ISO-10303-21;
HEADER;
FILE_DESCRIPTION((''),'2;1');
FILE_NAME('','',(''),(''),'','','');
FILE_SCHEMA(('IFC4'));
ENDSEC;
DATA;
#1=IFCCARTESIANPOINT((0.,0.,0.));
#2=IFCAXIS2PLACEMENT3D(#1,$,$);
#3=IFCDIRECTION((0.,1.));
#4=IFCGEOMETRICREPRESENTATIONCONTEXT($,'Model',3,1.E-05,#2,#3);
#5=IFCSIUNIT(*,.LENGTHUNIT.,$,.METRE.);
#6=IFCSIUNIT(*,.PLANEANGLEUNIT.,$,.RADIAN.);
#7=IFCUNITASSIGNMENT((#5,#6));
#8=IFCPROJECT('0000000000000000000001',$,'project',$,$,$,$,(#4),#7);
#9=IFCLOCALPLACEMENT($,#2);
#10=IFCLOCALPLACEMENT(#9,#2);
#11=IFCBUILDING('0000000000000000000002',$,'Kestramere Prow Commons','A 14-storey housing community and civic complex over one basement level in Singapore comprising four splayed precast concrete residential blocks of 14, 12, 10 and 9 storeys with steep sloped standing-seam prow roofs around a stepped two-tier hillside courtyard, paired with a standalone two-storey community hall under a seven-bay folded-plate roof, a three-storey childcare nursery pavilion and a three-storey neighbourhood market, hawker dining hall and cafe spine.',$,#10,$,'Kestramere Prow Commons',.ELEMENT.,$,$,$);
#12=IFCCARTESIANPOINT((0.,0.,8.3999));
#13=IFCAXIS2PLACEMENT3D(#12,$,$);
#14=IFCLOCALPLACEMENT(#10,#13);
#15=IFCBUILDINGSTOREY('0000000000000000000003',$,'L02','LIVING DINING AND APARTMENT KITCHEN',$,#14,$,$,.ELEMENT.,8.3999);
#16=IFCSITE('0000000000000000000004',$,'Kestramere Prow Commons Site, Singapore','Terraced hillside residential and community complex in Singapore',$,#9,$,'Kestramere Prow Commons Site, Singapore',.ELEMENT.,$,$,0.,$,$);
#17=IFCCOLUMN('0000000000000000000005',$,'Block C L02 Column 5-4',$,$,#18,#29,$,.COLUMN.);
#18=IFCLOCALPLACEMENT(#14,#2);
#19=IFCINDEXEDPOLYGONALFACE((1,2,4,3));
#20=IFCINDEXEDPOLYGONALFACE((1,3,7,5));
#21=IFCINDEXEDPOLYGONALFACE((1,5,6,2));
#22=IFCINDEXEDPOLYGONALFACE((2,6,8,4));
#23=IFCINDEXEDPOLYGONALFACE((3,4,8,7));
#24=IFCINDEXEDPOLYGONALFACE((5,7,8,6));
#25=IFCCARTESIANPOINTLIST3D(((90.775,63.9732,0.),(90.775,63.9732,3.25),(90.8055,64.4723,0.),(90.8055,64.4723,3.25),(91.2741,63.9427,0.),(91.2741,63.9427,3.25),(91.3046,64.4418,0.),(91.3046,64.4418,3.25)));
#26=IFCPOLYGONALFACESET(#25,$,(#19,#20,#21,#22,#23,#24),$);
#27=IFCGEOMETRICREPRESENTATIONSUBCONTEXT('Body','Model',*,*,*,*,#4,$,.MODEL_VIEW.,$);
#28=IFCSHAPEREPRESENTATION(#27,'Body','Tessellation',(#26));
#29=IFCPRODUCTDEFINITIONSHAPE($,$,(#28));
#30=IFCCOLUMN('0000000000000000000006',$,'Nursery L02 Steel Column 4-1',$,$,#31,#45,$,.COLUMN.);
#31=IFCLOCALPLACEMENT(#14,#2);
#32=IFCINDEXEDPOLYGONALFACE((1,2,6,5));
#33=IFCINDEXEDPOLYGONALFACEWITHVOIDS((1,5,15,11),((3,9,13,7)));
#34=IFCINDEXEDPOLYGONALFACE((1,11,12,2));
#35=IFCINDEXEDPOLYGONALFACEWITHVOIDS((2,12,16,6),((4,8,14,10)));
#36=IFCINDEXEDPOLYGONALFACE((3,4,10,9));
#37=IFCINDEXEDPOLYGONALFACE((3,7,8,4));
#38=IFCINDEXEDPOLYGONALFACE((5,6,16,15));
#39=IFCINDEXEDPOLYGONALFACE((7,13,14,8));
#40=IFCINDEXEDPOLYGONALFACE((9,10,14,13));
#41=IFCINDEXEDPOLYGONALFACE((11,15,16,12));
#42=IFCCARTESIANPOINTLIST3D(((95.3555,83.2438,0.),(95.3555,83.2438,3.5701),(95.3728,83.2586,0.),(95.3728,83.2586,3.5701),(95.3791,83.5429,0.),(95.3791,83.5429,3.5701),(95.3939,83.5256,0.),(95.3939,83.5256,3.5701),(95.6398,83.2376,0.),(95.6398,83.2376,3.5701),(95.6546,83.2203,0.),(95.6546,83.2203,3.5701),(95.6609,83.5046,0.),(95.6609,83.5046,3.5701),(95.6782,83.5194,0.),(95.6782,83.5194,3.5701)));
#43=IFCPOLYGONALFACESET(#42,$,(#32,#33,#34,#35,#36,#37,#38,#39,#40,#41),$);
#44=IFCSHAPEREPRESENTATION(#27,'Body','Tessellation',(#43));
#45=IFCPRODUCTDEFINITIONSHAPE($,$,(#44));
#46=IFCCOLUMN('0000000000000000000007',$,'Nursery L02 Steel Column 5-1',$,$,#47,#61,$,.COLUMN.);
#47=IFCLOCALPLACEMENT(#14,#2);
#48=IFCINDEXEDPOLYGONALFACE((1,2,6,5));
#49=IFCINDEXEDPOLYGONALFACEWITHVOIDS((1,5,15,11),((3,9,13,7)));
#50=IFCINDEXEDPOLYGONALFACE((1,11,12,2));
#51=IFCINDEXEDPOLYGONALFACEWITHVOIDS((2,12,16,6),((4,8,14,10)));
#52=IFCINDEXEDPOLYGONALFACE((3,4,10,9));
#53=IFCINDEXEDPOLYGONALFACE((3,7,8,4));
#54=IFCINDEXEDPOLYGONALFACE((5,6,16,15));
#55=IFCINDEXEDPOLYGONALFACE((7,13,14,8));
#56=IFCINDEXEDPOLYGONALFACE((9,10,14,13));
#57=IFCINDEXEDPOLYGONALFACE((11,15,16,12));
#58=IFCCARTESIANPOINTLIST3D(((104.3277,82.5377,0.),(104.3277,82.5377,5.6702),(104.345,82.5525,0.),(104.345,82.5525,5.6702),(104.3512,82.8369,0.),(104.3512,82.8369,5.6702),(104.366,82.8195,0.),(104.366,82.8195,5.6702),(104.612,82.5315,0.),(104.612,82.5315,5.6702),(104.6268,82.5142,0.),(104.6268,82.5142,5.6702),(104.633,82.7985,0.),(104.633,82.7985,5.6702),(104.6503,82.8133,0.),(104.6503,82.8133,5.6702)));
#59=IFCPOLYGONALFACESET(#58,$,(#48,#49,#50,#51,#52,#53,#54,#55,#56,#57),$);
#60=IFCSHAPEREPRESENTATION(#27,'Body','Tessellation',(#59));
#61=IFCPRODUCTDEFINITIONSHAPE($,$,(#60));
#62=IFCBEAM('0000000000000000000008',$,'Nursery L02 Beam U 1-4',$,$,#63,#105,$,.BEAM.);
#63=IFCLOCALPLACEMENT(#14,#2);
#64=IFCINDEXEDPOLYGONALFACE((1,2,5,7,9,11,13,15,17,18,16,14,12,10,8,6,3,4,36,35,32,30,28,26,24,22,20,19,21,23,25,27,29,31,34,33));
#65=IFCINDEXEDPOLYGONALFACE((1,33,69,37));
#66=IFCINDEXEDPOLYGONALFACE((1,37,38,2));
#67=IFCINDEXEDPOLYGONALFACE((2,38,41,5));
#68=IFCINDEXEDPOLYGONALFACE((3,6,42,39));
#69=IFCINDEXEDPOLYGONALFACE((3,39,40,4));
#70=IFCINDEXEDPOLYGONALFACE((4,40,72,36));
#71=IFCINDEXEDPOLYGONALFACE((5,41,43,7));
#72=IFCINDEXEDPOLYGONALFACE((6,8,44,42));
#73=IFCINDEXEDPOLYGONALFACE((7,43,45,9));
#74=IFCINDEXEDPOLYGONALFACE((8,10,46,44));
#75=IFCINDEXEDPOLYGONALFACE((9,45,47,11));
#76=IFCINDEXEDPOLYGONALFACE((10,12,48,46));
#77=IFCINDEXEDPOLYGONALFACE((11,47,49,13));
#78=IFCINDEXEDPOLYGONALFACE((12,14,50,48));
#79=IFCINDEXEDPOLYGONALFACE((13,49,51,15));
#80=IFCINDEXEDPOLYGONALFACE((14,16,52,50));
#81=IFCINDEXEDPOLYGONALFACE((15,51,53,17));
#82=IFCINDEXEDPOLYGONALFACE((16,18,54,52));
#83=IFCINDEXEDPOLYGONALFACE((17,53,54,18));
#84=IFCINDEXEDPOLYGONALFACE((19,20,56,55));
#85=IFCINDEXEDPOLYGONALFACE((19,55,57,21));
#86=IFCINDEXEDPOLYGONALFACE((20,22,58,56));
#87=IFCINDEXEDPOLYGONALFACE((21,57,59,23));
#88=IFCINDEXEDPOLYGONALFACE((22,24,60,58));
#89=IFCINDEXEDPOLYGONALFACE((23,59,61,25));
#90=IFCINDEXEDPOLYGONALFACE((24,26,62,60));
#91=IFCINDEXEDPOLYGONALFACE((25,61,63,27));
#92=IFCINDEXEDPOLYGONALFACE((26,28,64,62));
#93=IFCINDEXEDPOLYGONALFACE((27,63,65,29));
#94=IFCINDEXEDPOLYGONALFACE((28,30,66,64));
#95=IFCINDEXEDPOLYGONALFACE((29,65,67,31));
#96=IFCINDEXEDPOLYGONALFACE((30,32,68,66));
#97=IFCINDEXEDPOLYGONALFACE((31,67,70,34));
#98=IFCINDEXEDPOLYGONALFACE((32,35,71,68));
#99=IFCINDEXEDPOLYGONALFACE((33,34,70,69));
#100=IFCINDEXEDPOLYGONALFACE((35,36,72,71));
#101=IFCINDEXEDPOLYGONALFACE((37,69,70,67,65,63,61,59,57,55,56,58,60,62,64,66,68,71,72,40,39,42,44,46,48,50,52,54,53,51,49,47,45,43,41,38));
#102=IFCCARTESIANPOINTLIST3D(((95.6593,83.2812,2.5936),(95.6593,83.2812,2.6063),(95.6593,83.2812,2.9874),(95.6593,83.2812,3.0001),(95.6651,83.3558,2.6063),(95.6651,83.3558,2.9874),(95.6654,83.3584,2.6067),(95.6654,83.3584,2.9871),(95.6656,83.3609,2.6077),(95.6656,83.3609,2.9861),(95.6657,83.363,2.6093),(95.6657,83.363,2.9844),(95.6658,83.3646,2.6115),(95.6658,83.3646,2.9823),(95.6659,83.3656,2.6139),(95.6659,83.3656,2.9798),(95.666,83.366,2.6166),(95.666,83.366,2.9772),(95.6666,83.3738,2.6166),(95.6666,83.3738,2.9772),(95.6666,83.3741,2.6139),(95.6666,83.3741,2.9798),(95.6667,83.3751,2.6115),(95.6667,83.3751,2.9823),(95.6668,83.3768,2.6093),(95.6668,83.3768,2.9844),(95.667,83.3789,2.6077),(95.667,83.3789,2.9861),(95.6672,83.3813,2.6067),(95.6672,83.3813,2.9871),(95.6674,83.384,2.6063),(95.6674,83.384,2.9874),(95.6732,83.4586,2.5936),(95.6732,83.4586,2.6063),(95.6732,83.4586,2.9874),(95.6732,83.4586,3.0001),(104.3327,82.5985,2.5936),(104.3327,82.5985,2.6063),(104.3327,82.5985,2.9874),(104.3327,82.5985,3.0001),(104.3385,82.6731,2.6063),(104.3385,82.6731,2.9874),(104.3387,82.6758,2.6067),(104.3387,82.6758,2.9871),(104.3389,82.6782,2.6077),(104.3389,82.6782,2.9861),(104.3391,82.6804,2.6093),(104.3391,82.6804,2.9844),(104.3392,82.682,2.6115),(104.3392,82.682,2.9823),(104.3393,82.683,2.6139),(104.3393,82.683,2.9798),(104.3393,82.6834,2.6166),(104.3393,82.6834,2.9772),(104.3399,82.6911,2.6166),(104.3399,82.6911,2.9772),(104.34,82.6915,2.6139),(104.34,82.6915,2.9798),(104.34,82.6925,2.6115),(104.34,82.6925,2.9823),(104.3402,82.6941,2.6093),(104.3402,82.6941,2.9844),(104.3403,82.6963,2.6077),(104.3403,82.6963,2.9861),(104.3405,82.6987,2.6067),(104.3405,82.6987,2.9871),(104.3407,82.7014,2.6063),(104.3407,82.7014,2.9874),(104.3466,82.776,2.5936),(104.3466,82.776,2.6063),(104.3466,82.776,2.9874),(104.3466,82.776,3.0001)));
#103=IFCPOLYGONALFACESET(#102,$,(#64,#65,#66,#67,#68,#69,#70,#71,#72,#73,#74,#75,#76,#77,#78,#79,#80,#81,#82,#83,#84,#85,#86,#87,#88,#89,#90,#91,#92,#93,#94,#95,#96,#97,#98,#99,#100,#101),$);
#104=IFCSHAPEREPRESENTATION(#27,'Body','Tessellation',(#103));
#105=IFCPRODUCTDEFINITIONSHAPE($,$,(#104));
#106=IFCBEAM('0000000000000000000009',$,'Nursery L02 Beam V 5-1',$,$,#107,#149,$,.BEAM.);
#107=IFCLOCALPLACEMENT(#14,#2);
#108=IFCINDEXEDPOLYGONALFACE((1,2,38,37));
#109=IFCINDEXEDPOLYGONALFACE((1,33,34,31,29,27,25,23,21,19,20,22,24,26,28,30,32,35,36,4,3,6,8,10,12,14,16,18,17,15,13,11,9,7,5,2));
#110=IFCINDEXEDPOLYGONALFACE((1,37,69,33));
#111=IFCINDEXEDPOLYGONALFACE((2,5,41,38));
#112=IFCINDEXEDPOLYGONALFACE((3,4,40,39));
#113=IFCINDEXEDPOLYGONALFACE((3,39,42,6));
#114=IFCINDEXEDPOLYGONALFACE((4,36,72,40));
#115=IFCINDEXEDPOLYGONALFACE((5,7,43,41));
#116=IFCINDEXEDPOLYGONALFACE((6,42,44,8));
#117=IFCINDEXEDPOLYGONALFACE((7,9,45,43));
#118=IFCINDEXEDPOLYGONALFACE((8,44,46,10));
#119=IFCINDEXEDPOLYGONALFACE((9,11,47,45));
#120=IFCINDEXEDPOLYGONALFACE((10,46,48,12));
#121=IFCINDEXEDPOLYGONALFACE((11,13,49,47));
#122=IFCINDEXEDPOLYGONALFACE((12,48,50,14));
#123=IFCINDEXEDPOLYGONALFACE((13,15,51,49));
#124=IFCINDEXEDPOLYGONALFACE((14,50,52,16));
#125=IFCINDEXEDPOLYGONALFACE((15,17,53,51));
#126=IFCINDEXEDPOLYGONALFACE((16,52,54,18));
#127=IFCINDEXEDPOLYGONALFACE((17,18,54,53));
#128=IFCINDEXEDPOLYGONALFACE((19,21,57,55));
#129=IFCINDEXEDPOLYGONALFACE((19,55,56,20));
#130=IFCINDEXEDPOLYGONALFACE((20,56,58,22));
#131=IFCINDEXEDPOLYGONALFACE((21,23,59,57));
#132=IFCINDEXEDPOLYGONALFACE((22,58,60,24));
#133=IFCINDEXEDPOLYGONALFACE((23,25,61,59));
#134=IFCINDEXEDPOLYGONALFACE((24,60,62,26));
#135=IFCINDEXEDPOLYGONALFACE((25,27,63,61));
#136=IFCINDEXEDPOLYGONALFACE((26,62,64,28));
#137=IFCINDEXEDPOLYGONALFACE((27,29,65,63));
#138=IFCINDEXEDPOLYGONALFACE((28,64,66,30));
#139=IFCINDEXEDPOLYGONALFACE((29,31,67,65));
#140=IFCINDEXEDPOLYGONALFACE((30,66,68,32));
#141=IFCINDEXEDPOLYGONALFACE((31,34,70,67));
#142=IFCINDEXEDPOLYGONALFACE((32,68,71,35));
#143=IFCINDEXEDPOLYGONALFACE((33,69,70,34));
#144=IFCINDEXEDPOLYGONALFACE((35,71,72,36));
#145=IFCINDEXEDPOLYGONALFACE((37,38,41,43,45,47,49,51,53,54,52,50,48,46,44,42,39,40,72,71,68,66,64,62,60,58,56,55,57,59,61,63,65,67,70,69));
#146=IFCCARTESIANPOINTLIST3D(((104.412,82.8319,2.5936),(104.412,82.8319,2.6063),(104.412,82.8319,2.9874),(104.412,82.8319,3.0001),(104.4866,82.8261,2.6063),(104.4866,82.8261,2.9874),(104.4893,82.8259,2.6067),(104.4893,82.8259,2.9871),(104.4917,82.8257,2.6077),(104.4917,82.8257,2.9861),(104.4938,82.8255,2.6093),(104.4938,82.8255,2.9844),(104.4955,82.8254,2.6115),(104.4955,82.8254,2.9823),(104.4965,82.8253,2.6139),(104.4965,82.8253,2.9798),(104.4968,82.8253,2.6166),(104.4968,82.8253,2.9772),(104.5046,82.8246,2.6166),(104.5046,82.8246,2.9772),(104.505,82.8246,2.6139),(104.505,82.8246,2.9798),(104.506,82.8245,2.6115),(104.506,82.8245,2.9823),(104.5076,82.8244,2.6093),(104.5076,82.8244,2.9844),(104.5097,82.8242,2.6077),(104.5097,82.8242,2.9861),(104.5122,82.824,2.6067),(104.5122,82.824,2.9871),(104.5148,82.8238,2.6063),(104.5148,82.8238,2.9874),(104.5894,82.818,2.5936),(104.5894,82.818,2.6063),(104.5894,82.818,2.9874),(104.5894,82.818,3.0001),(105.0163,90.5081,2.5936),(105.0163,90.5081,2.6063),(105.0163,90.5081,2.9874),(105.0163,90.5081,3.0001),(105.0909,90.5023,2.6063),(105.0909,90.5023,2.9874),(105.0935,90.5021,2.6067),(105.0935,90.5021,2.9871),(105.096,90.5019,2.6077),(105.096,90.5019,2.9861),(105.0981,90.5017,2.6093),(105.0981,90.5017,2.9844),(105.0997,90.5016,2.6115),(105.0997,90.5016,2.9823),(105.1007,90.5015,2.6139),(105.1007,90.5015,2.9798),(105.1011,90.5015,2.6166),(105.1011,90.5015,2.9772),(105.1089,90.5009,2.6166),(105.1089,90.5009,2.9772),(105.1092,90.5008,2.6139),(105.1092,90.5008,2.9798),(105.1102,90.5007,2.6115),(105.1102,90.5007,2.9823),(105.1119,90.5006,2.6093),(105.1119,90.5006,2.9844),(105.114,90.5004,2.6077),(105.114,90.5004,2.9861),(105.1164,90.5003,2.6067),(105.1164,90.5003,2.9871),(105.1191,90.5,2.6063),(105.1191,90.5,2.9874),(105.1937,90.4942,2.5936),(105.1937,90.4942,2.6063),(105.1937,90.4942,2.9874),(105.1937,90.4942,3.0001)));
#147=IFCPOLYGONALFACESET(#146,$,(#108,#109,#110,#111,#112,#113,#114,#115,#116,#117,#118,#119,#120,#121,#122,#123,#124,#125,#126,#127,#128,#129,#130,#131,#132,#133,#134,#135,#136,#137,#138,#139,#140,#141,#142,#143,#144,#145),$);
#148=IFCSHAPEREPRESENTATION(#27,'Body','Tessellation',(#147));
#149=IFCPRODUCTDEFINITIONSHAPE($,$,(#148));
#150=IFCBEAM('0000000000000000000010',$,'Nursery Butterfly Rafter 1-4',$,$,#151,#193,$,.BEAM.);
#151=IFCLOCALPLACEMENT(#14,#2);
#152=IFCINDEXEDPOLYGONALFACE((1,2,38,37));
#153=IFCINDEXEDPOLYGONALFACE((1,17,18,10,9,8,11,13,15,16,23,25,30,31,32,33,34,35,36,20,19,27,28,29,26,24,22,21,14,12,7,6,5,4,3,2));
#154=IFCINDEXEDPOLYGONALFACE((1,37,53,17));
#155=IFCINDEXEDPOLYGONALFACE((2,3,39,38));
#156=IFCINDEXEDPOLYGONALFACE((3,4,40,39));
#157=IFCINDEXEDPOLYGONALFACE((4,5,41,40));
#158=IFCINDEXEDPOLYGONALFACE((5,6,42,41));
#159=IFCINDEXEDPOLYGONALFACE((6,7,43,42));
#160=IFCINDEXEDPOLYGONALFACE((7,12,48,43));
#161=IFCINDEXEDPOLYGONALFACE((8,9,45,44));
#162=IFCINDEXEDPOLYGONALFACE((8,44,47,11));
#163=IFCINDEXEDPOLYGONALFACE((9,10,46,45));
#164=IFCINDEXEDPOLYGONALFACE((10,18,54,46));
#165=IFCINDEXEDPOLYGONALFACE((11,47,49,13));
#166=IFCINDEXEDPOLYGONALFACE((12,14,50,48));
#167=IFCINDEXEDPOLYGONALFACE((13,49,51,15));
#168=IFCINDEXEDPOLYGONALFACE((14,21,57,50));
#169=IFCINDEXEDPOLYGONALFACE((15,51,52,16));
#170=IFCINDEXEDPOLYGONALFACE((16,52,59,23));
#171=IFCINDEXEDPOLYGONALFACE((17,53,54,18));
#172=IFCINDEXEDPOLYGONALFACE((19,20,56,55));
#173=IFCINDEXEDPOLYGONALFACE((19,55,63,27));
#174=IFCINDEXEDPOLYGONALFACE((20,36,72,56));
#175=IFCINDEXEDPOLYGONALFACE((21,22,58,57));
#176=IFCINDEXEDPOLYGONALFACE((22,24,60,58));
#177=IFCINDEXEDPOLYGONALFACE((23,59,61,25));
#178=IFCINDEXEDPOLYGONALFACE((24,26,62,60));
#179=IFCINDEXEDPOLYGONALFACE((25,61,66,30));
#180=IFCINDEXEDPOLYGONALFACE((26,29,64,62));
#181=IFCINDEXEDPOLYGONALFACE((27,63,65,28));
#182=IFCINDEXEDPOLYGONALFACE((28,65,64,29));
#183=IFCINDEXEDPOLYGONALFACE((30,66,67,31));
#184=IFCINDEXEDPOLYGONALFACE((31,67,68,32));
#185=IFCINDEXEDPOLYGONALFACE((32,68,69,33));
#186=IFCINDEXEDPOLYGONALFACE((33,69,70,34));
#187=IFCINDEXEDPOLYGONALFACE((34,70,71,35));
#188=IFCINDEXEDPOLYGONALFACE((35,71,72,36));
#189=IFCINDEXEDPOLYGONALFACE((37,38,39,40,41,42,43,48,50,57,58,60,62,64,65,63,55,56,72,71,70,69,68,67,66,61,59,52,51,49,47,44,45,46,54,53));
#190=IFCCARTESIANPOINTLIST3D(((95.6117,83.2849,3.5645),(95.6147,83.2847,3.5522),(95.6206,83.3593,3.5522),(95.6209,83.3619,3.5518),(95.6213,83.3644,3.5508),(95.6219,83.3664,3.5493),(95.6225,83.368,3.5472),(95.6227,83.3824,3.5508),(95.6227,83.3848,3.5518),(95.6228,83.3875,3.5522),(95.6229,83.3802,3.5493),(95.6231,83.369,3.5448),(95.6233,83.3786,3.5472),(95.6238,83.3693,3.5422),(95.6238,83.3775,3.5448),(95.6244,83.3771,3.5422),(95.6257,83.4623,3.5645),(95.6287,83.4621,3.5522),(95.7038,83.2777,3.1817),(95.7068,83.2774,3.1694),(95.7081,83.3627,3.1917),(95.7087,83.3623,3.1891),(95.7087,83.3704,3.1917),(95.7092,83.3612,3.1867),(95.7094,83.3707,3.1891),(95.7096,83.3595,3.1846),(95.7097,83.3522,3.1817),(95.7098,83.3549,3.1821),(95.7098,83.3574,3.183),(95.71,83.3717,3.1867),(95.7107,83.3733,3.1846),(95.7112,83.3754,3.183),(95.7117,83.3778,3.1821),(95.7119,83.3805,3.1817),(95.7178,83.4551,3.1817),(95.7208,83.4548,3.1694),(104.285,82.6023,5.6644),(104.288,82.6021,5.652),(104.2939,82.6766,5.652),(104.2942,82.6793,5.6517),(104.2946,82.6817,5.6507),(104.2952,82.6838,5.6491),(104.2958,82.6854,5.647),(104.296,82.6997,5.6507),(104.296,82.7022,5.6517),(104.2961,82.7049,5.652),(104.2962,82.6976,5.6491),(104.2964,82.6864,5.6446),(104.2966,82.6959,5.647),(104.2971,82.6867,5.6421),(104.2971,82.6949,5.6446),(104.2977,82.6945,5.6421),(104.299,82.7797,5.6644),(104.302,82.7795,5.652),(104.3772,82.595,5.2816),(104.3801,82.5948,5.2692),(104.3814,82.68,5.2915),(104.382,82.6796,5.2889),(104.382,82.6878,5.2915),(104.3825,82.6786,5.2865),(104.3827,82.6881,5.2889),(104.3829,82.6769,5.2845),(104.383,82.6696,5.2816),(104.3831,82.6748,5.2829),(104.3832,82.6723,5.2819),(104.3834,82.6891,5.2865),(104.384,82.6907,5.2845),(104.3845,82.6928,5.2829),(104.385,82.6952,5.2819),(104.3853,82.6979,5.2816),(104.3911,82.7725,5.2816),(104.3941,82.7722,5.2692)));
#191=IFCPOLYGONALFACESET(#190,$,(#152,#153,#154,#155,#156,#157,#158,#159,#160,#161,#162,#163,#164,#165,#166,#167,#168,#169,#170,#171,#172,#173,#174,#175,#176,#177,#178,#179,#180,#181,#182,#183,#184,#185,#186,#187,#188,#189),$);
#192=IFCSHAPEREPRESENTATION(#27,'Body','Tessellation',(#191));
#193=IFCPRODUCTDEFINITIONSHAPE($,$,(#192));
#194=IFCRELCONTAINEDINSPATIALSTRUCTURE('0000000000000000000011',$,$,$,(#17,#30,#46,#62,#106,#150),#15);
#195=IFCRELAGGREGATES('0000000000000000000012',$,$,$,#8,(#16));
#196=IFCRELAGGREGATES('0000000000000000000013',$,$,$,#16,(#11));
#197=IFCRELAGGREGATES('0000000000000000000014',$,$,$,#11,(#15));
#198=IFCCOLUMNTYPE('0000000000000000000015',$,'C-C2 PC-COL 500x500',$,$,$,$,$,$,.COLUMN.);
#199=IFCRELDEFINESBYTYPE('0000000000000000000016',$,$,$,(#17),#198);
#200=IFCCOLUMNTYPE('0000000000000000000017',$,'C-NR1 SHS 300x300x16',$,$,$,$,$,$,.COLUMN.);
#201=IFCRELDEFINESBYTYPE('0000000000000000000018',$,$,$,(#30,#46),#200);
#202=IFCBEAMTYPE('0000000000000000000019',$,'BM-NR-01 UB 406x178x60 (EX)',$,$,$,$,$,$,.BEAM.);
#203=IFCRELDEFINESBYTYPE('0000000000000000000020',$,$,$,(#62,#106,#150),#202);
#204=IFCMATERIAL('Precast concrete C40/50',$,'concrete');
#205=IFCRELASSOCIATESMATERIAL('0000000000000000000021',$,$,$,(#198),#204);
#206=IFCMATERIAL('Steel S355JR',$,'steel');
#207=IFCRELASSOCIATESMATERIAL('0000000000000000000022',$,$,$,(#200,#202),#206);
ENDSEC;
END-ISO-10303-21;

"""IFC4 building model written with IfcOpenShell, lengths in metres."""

from ifc_helpers import new_model, si_unit, direction, frame, origin, origin_2d, place, context, subcontext, project, spatial, rectangle, hollow_rectangle, i_section, extrude, material, material_profile, profile_set, type_object, element, save


model = new_model("IFC4")

# Units and contexts
model_context = context("Model", 3, precision=1e-05, world=origin(), true_north=direction((0.0, 1.0)))
body_context = subcontext(model_context, "Body", "Model", "MODEL_VIEW")
ifc_project = project(units=[si_unit("LENGTHUNIT", "METRE"), si_unit("PLANEANGLEUNIT", "RADIAN")], contexts=[model_context])

# Site, building, storey
site_placement = place(None, origin())
site = spatial("IfcSite", under=ifc_project, at=site_placement, Name="Kestramere Prow Commons Site, Singapore", Description="Terraced hillside residential and community complex in Singapore", LongName="Kestramere Prow Commons Site, Singapore", CompositionType="ELEMENT", RefElevation=0.0)
building_placement = place(site_placement, origin())
building = spatial("IfcBuilding", under=site, at=building_placement, Name="Kestramere Prow Commons", Description="A 14-storey housing community and civic complex over one basement level in Singapore comprising four splayed precast concrete residential blocks of 14, 12, 10 and 9 storeys with steep sloped standing-seam prow roofs around a stepped two-tier hillside courtyard, paired with a standalone two-storey community hall under a seven-bay folded-plate roof, a three-storey childcare nursery pavilion and a three-storey neighbourhood market, hawker dining hall and cafe spine.", LongName="Kestramere Prow Commons", CompositionType="ELEMENT")
storey_placement = place(building_placement, frame((0.0, 0.0, 8.3999)))
storey = spatial("IfcBuildingStorey", under=building, at=storey_placement, Name="L02", Description="LIVING DINING AND APARTMENT KITCHEN", CompositionType="ELEMENT", Elevation=8.3999)

# Columns
ifc_material_1 = material(Name="Precast concrete C40/50", Category="concrete")
ifc_material_profile_1 = material_profile(ifc_material_1, rectangle(XDim=0.5, YDim=0.5, at=origin_2d()), Name="PC-COL 500x500")
ifc_profile_set_1 = profile_set([ifc_material_profile_1], Name="Precast concrete C40/50")
column_type_1 = type_object("IfcColumnType", Name="C-C2 PC-COL 500x500", PredefinedType="COLUMN", material=ifc_profile_set_1)
column_1_placement = place(storey_placement, frame((91.0398, 64.2075, 0.0), z_axis=(0.0, 0.0, 1.0), x_axis=(0.998135, -0.061049, 0.0)))
element("IfcColumn", 1, at=column_1_placement, inside=storey, type_object=column_type_1, Name="Block C L02 Column 5-4", PredefinedType="COLUMN", context=body_context, shape_type="SweptSolid", body=[
    extrude(rectangle(XDim=0.5, YDim=0.5, at=origin_2d()), origin(), (0.0, 0.0, 1.0), 3.25),
])
ifc_material_2 = material(Name="Steel S355JR", Category="steel")
ifc_material_profile_2 = material_profile(ifc_material_2, hollow_rectangle(XDim=0.3, YDim=0.3, WallThickness=0.0161, at=origin_2d()), Name="SHS 300x300x16")
ifc_profile_set_2 = profile_set([ifc_material_profile_2], Name="Steel S355JR")
column_type_2 = type_object("IfcColumnType", Name="C-NR1 SHS 300x300x16", PredefinedType="COLUMN", material=ifc_profile_set_2)
column_2_placement = place(storey_placement, frame((95.5168, 83.3816, 0.0), z_axis=(0.0, 0.0, 1.0), x_axis=(0.996917, -0.078459, 0.0)))
element("IfcColumn", 2, at=column_2_placement, inside=storey, type_object=column_type_2, Name="Nursery L02 Steel Column 4-1", PredefinedType="COLUMN", context=body_context, shape_type="SweptSolid", body=[
    extrude(hollow_rectangle(XDim=0.3, YDim=0.3, WallThickness=0.0161, at=origin_2d()), origin(), (0.0, 0.0, 1.0), 3.5701),
])
column_3_placement = place(storey_placement, frame((104.489, 82.6755, 0.0), z_axis=(0.0, 0.0, 1.0), x_axis=(0.996917, -0.078459, 0.0)))
element("IfcColumn", 3, at=column_3_placement, inside=storey, type_object=column_type_2, Name="Nursery L02 Steel Column 5-1", PredefinedType="COLUMN", context=body_context, shape_type="SweptSolid", body=[
    extrude(hollow_rectangle(XDim=0.3, YDim=0.3, WallThickness=0.0161, at=origin_2d()), origin(), (0.0, 0.0, 1.0), 5.6702),
])

# Beams
ifc_material_profile_3 = material_profile(ifc_material_2, i_section(OverallWidth=0.178, OverallDepth=0.4065, WebThickness=0.0078, FlangeThickness=0.0127, FilletRadius=0.0103, at=origin_2d()), Name="UB 406x178x60")
ifc_profile_set_3 = profile_set([ifc_material_profile_3], Name="Steel S355JR")
beam_type_1 = type_object("IfcBeamType", Name="BM-NR-01 UB 406x178x60 (EX)", PredefinedType="BEAM", material=ifc_profile_set_3)
beam_1_placement = place(storey_placement, frame((95.6663, 83.3699, 2.7969), z_axis=(0.996917, -0.07846, 0.0), x_axis=(0.07846, 0.996917, 0.0)))
element("IfcBeam", 4, at=beam_1_placement, inside=storey, type_object=beam_type_1, Name="Nursery L02 Beam U 1-4", PredefinedType="BEAM", context=body_context, shape_type="SweptSolid", body=[
    extrude(i_section(OverallWidth=0.178, OverallDepth=0.4065, WebThickness=0.0078, FlangeThickness=0.0127, FilletRadius=0.0103, at=origin_2d()), origin(), (0.0, 0.0, 1.0), 8.7002),
])
beam_2_placement = place(storey_placement, frame((104.5007, 82.825, 2.7969), z_axis=(0.078474, 0.996916, 0.0), x_axis=(-0.996916, 0.078474, 0.0)))
element("IfcBeam", 5, at=beam_2_placement, inside=storey, type_object=beam_type_1, Name="Nursery L02 Beam V 5-1", PredefinedType="BEAM", context=body_context, shape_type="SweptSolid", body=[
    extrude(i_section(OverallWidth=0.178, OverallDepth=0.4065, WebThickness=0.0078, FlangeThickness=0.0127, FilletRadius=0.0103, at=origin_2d()), origin(), (0.0, 0.0, 1.0), 7.7),
])
beam_3_placement = place(storey_placement, frame((95.6663, 83.3699, 3.3669), z_axis=(0.96909, -0.07627, 0.234621), x_axis=(0.07846, 0.996917, 0.0)))
element("IfcBeam", 6, at=beam_3_placement, inside=storey, type_object=beam_type_1, Name="Nursery Butterfly Rafter 1-4", PredefinedType="BEAM", context=body_context, shape_type="SweptSolid", body=[
    extrude(i_section(OverallWidth=0.178, OverallDepth=0.4065, WebThickness=0.0078, FlangeThickness=0.0127, FilletRadius=0.0103, at=origin_2d()), origin(), (0.0, 0.0, 1.0), 8.95),
])

save(model, "model.ifc")
